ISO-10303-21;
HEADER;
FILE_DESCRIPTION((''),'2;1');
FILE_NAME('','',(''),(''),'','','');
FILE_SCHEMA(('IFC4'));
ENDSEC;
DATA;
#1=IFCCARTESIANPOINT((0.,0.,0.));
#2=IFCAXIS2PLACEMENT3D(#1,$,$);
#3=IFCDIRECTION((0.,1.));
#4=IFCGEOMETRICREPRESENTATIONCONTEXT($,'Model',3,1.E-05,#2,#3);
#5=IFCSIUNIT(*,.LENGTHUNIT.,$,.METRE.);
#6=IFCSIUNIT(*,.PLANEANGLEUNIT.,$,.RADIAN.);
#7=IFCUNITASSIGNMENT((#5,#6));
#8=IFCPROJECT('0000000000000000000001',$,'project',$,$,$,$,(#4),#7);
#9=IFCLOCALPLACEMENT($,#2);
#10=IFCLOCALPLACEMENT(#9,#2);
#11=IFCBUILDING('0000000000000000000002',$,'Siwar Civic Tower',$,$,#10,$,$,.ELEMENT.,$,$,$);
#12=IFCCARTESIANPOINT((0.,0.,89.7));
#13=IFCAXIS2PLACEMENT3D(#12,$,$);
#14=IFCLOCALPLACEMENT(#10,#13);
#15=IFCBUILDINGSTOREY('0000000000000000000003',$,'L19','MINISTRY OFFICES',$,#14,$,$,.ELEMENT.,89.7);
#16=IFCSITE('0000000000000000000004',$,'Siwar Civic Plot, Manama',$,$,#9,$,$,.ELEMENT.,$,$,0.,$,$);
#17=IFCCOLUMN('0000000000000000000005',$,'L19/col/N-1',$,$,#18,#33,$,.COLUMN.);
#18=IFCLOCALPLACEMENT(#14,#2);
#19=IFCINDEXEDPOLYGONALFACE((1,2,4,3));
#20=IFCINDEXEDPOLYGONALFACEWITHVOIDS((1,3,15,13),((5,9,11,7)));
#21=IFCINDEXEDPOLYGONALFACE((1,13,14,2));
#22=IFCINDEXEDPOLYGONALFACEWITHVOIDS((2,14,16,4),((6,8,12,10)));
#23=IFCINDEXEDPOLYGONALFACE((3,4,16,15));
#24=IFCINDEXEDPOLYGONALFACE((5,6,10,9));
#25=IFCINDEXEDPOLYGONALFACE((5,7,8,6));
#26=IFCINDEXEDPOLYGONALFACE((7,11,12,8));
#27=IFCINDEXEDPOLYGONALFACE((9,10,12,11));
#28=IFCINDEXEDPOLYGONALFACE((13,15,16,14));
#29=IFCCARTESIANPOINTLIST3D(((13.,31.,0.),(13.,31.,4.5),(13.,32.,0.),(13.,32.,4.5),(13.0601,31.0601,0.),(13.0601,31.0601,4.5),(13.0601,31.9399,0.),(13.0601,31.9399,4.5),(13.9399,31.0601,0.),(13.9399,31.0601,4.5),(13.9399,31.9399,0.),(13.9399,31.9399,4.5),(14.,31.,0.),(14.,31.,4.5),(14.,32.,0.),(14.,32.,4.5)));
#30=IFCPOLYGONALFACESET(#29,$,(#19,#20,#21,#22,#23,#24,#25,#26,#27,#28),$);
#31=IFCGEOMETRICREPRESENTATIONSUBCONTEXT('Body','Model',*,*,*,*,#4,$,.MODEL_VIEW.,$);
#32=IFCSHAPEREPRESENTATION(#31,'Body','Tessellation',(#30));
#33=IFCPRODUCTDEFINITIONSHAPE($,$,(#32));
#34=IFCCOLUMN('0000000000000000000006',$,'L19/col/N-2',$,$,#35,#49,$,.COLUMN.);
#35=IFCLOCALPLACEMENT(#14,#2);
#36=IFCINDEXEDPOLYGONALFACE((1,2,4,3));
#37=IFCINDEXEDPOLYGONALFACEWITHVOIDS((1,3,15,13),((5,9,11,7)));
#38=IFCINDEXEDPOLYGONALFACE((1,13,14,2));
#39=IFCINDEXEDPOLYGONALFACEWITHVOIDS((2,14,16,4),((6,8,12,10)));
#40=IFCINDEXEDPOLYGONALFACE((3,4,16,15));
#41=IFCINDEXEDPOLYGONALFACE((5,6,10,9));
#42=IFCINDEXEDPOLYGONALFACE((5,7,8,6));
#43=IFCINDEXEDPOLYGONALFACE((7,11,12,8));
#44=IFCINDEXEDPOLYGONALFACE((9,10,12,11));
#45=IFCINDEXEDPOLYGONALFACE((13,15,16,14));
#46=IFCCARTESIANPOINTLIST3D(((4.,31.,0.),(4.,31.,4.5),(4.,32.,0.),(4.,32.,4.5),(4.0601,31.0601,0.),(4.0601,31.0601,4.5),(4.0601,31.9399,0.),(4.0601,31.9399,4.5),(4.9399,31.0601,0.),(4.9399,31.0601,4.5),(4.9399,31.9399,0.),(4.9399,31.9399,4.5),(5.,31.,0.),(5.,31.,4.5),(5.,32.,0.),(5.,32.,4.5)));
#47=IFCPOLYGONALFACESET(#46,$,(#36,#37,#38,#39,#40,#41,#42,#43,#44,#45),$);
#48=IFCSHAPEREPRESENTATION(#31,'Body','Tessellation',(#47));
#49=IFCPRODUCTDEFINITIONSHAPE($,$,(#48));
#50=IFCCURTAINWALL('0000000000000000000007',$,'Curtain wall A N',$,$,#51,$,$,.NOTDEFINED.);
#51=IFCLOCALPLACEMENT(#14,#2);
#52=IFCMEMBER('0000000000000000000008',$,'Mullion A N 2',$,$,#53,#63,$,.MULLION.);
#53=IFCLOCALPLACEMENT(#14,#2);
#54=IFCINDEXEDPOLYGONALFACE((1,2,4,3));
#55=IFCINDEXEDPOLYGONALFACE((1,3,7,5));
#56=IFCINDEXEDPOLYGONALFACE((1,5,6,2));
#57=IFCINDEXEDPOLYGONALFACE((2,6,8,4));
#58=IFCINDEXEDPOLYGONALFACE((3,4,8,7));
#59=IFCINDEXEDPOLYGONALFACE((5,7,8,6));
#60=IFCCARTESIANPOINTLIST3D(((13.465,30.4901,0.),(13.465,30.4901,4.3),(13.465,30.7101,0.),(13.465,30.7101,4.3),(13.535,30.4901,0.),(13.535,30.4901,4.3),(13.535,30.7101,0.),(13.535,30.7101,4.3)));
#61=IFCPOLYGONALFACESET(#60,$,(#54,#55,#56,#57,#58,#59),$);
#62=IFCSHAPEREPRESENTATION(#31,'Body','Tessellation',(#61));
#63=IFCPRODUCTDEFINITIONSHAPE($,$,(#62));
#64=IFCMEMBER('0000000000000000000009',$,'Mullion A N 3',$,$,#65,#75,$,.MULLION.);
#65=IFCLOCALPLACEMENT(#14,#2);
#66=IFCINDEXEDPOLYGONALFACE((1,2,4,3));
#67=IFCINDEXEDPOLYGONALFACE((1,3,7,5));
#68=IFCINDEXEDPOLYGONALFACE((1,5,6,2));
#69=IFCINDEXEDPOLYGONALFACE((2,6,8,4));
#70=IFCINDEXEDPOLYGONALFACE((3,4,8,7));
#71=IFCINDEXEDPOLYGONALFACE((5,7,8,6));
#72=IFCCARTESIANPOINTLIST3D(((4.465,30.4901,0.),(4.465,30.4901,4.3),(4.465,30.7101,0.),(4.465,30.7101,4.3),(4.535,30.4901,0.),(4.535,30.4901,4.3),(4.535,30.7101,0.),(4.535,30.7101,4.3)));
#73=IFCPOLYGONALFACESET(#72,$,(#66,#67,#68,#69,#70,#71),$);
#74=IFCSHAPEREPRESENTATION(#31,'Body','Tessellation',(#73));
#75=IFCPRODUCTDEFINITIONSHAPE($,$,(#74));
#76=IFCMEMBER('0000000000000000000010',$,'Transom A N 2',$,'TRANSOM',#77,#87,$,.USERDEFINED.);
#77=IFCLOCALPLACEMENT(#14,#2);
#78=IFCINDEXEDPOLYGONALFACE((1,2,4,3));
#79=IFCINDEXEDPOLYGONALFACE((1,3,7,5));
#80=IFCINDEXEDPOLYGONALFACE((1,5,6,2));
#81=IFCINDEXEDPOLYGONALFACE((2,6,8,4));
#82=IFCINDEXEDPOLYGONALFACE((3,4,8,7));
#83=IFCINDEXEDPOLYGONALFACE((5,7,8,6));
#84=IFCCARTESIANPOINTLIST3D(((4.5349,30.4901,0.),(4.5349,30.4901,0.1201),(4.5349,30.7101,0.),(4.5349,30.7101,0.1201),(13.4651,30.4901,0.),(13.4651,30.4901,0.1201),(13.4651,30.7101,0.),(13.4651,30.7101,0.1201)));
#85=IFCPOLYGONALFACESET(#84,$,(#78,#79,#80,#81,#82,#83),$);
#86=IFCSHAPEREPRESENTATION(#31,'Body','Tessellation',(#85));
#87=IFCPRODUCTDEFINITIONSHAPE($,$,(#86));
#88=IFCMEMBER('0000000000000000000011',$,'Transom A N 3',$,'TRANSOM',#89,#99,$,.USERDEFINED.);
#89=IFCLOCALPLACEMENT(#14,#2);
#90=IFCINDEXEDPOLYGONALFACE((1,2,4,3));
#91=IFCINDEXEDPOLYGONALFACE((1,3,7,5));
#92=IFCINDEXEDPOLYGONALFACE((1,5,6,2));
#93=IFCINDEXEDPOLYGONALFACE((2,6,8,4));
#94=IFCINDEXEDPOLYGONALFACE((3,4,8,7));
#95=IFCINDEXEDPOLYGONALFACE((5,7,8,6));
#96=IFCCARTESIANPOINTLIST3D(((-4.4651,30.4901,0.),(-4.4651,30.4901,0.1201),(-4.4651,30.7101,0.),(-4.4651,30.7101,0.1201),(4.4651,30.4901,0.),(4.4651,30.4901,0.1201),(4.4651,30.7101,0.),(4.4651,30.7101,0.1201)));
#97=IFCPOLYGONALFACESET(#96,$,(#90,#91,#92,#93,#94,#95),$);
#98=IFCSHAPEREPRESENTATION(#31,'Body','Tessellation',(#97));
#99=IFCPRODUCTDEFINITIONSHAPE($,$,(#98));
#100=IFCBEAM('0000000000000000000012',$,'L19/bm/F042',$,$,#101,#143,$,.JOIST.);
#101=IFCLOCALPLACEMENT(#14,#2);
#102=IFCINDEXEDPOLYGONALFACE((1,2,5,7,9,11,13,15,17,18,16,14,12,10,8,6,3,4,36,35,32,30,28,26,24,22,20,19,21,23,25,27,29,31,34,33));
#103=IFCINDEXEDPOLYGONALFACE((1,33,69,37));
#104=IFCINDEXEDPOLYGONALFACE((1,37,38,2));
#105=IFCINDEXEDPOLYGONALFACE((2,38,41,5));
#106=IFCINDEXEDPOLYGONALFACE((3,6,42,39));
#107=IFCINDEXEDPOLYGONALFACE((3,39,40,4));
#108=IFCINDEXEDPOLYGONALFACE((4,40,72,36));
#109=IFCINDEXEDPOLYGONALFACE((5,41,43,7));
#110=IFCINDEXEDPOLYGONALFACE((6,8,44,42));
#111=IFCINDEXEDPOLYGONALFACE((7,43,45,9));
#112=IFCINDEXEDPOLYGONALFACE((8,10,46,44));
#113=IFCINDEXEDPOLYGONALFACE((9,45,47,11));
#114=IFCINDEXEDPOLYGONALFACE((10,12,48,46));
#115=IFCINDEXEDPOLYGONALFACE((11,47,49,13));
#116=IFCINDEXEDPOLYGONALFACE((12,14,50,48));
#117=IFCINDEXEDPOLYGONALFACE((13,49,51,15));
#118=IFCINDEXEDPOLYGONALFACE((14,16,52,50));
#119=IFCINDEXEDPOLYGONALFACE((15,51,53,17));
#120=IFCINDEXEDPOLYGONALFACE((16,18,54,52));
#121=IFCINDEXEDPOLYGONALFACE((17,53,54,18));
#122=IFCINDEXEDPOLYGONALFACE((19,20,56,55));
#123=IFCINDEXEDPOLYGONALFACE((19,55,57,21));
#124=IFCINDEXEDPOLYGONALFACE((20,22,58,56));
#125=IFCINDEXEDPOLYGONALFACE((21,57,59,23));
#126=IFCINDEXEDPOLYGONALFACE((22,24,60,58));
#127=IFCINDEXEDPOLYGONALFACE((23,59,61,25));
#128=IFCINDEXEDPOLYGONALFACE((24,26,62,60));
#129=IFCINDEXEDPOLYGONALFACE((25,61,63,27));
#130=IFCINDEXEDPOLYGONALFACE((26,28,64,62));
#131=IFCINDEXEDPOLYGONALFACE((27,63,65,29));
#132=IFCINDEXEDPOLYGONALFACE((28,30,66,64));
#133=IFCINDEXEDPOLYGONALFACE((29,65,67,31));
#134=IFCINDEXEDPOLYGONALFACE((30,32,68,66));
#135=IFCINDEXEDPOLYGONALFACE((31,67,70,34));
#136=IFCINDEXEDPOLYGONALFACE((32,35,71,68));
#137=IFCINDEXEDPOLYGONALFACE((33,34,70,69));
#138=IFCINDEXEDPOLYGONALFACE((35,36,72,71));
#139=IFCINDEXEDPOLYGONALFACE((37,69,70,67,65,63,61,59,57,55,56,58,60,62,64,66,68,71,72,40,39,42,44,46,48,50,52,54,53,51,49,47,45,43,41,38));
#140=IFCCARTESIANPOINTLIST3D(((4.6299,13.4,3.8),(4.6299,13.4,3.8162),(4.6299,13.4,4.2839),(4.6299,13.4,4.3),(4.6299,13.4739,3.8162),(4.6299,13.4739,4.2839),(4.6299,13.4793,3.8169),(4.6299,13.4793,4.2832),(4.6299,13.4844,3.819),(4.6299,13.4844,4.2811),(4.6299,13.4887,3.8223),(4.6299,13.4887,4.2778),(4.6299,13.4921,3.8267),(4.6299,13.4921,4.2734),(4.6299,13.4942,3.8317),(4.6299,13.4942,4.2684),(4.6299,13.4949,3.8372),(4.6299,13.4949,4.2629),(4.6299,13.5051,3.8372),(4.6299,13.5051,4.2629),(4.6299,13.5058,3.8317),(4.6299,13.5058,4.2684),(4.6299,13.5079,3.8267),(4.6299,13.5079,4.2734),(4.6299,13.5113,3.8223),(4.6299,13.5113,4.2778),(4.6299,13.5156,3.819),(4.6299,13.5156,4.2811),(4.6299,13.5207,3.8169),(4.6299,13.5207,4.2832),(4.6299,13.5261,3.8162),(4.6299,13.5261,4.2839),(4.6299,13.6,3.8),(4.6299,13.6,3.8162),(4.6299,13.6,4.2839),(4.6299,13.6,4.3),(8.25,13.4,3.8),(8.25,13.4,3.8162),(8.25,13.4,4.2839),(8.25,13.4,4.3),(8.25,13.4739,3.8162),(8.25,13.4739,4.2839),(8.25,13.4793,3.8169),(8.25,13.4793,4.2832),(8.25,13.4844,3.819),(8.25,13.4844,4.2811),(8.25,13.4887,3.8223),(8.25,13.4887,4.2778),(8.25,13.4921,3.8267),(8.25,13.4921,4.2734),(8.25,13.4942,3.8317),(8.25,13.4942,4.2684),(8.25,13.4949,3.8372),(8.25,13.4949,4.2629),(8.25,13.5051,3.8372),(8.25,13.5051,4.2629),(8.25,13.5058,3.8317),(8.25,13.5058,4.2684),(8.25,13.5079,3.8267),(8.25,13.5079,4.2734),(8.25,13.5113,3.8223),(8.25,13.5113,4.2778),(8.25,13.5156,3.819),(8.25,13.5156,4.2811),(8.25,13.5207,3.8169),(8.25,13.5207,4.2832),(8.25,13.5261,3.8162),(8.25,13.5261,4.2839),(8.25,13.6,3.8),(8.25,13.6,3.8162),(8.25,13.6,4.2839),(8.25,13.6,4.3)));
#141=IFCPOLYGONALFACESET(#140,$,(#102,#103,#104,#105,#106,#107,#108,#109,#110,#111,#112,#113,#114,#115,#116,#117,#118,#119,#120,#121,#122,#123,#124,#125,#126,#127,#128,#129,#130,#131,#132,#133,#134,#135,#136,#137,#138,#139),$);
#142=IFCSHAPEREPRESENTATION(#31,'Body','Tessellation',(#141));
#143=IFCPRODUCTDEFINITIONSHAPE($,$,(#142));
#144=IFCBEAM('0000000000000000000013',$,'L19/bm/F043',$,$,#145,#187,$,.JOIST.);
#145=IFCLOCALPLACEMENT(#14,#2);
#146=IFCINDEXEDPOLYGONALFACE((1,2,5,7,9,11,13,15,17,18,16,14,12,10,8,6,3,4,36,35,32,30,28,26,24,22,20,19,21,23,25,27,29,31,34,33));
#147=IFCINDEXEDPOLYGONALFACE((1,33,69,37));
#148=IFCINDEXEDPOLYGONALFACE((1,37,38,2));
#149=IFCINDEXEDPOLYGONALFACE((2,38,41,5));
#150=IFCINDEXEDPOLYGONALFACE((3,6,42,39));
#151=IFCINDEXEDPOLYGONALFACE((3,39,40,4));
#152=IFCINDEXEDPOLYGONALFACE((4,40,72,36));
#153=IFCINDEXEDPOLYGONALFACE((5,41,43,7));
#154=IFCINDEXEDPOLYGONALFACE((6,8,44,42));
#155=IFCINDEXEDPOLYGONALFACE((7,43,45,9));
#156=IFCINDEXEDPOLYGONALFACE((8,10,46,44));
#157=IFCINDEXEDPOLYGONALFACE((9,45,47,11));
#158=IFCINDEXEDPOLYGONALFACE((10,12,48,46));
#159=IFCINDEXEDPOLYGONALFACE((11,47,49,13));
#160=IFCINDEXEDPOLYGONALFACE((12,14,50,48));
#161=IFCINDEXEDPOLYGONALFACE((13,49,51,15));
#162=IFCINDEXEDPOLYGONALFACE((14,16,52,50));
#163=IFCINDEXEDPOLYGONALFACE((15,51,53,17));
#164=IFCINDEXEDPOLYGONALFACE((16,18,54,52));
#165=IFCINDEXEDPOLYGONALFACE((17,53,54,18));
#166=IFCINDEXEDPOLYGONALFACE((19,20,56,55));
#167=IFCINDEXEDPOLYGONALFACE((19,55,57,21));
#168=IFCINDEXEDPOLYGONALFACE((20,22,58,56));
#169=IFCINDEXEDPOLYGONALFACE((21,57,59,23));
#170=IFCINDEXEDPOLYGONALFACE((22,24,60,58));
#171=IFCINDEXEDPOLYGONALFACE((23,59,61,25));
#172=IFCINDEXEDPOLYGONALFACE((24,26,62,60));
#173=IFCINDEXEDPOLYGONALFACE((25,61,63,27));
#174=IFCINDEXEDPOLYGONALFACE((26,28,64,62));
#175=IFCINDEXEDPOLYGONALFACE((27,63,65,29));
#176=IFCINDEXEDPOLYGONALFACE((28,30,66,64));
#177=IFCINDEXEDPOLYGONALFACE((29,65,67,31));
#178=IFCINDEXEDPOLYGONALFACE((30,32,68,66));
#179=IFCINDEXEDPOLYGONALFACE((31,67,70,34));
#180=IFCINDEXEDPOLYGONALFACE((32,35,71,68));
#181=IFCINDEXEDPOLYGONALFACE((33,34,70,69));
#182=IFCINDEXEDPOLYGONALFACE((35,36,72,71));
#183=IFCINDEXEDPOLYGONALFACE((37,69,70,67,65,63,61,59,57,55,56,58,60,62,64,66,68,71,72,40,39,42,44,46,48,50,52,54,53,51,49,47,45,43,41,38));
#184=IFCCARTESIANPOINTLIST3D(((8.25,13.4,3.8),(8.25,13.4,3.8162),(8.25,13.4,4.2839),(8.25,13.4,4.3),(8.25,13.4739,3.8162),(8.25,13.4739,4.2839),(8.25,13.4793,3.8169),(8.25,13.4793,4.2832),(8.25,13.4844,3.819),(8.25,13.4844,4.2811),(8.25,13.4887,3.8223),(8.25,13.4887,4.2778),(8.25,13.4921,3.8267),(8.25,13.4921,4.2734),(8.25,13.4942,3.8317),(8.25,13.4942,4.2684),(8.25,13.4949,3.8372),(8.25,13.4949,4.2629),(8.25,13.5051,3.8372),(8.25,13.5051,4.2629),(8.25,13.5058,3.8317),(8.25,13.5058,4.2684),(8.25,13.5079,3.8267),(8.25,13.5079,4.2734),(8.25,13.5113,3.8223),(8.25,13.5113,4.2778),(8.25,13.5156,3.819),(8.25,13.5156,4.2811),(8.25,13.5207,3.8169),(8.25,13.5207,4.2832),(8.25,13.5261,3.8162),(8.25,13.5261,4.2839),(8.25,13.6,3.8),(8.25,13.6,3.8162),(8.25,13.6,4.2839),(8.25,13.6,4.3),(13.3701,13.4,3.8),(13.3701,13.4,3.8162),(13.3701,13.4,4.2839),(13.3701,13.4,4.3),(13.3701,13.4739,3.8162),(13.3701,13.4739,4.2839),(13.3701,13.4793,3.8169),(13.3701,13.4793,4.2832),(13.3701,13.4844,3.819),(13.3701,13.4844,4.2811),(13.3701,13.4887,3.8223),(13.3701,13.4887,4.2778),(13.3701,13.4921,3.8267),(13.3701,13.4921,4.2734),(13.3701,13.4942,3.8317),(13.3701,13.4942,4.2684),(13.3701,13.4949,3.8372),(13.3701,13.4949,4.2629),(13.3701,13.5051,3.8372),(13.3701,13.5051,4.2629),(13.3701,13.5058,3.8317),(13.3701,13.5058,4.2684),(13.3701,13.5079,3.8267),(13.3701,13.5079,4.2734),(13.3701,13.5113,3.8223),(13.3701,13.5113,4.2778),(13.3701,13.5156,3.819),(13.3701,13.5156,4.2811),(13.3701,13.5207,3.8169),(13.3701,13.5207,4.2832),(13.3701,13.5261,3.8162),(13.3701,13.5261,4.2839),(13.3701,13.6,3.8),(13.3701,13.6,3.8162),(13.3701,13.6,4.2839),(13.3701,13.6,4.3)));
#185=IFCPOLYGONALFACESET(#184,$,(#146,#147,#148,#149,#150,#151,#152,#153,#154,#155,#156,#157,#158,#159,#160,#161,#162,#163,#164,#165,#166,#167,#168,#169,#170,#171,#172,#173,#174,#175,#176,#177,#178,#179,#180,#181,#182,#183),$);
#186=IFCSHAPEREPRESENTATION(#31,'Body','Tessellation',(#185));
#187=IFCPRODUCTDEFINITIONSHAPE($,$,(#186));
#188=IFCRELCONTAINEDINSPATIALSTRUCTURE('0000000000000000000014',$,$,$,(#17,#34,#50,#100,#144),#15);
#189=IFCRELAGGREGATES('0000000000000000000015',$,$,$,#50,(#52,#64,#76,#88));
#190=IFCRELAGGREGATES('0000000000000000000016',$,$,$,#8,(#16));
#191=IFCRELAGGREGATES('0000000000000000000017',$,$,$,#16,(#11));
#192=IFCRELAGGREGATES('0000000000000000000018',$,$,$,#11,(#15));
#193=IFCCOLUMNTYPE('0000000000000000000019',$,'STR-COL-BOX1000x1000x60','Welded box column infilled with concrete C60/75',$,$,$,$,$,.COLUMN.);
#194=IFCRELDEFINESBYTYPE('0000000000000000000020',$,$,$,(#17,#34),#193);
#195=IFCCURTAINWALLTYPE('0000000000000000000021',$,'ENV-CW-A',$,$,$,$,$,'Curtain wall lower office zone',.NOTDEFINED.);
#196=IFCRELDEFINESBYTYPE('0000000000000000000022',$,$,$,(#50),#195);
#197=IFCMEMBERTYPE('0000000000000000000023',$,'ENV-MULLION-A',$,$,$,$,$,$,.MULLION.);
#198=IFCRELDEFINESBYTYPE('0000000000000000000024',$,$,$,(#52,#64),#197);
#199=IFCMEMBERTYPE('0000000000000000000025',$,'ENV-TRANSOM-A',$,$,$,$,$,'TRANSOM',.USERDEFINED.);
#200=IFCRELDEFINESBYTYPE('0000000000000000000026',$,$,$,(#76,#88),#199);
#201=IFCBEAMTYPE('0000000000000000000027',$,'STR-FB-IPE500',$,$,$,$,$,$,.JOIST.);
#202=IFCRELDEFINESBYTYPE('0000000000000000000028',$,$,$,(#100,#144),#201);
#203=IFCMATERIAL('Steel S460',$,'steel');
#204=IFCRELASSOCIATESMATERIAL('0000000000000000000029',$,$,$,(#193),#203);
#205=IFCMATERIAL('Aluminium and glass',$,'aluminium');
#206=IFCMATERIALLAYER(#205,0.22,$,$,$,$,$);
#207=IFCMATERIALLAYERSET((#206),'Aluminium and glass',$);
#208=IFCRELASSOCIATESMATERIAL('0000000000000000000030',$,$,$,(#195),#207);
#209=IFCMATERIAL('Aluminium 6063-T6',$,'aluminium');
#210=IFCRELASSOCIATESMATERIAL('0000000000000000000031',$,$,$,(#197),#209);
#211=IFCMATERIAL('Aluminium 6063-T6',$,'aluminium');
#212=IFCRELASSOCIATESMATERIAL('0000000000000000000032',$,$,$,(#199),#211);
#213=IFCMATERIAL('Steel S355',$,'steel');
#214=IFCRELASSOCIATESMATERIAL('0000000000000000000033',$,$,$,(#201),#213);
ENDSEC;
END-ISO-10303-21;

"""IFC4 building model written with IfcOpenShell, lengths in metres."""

from ifc_helpers import new_model, si_unit, direction, frame, origin, origin_2d, place, context, subcontext, project, spatial, rectangle, hollow_rectangle, i_section, extrude, material, layer, layer_set, material_profile, profile_set, type_object, element, aggregate, save


model = new_model("IFC4")

# Units and contexts
model_context = context("Model", 3, precision=1e-05, world=origin(), true_north=direction((0.0, 1.0)))
body_context = subcontext(model_context, "Body", "Model", "MODEL_VIEW")
ifc_project = project(units=[si_unit("LENGTHUNIT", "METRE"), si_unit("PLANEANGLEUNIT", "RADIAN")], contexts=[model_context])

# Site, building, storey
site_placement = place(None, origin())
site = spatial("IfcSite", under=ifc_project, at=site_placement, Name="Siwar Civic Plot, Manama", CompositionType="ELEMENT", RefElevation=0.0)
building_placement = place(site_placement, origin())
building = spatial("IfcBuilding", under=site, at=building_placement, Name="Siwar Civic Tower", CompositionType="ELEMENT")
storey_placement = place(building_placement, frame((0.0, 0.0, 89.7)))
storey = spatial("IfcBuildingStorey", under=building, at=storey_placement, Name="L19", Description="MINISTRY OFFICES", CompositionType="ELEMENT", Elevation=89.7)

# Columns
ifc_material_1 = material(Name="Steel S460", Category="steel")
ifc_material_profile_1 = material_profile(ifc_material_1, hollow_rectangle(XDim=1.0, YDim=1.0, WallThickness=0.0601, at=origin_2d()), Name="BOX1000x1000x60")
ifc_profile_set_1 = profile_set([ifc_material_profile_1], Name="Steel S460")
column_type = type_object("IfcColumnType", Name="STR-COL-BOX1000x1000x60", Description="Welded box column infilled with concrete C60/75", PredefinedType="COLUMN", material=ifc_profile_set_1)
for number, where, z_axis, x_axis, name in (
    (1, (13.5, 31.5, 0.0), (0.0, 0.0, 1.0), (1.0, 0.0, 0.0), "L19/col/N-1"),
    (2, (4.5, 31.5, 0.0), (0.0, 0.0, 1.0), (1.0, 0.0, 0.0), "L19/col/N-2"),
):
    element("IfcColumn", number, at=place(storey_placement, frame(where, z_axis=z_axis, x_axis=x_axis)), inside=storey, type_object=column_type, Name=name, PredefinedType="COLUMN", context=body_context, shape_type="SweptSolid", body=[
        extrude(hollow_rectangle(XDim=1.0, YDim=1.0, WallThickness=0.0601, at=origin_2d()), origin(), (0.0, 0.0, 1.0), 4.5),
    ])

# Curtain wall, members
ifc_material_2 = material(Name="Aluminium and glass", Category="aluminium")
ifc_layer_1 = layer(ifc_material_2, 0.22)
ifc_layer_set_1 = layer_set([ifc_layer_1], Name="Aluminium and glass")
curtain_wall_type = type_object("IfcCurtainWallType", Name="ENV-CW-A", ElementType="Curtain wall lower office zone", PredefinedType="NOTDEFINED", material=ifc_layer_set_1)
curtain_wall_placement = place(storey_placement, origin())
curtain_wall = element("IfcCurtainWall", 3, at=curtain_wall_placement, inside=storey, type_object=curtain_wall_type, Name="Curtain wall A N", PredefinedType="NOTDEFINED")
ifc_material_3 = material(Name="Aluminium 6063-T6", Category="aluminium")
ifc_material_profile_2 = material_profile(ifc_material_3, rectangle(XDim=0.22, YDim=0.0701, at=origin_2d()), Name="AL 220x70")
ifc_profile_set_2 = profile_set([ifc_material_profile_2], Name="Aluminium 6063-T6")
member_type_1 = type_object("IfcMemberType", Name="ENV-MULLION-A", PredefinedType="MULLION", material=ifc_profile_set_2)
member_1_placement = place(storey_placement, frame((13.5, 30.6001, 0.0), z_axis=(0.0, 0.0, 1.0), x_axis=(0.0, -1.0, 0.0)))
member_1 = element("IfcMember", 4, at=member_1_placement, type_object=member_type_1, Name="Mullion A N 2", PredefinedType="MULLION", context=body_context, shape_type="SweptSolid", body=[
    extrude(rectangle(XDim=0.22, YDim=0.0701, at=origin_2d()), origin(), (0.0, 0.0, 1.0), 4.3),
])
member_2_placement = place(storey_placement, frame((4.5, 30.6001, 0.0), z_axis=(0.0, 0.0, 1.0), x_axis=(0.0, -1.0, 0.0)))
member_2 = element("IfcMember", 5, at=member_2_placement, type_object=member_type_1, Name="Mullion A N 3", PredefinedType="MULLION", context=body_context, shape_type="SweptSolid", body=[
    extrude(rectangle(XDim=0.22, YDim=0.0701, at=origin_2d()), origin(), (0.0, 0.0, 1.0), 4.3),
])
ifc_material_4 = material(Name="Aluminium 6063-T6", Category="aluminium")
ifc_material_profile_3 = material_profile(ifc_material_4, rectangle(XDim=0.22, YDim=0.1201, at=origin_2d()), Name="AL 220x120")
ifc_profile_set_3 = profile_set([ifc_material_profile_3], Name="Aluminium 6063-T6")
member_type_2 = type_object("IfcMemberType", Name="ENV-TRANSOM-A", ElementType="TRANSOM", PredefinedType="USERDEFINED", material=ifc_profile_set_3)
member_3_placement = place(storey_placement, frame((13.4651, 30.6001, 0.0601), z_axis=(-1.0, 0.0, 0.0), x_axis=(0.0, -1.0, 0.0)))
member_3 = element("IfcMember", 6, at=member_3_placement, type_object=member_type_2, Name="Transom A N 2", ObjectType="TRANSOM", PredefinedType="USERDEFINED", context=body_context, shape_type="SweptSolid", body=[
    extrude(rectangle(XDim=0.22, YDim=0.1201, at=origin_2d()), origin(), (0.0, 0.0, 1.0), 8.9302),
])
member_4_placement = place(storey_placement, frame((4.4651, 30.6001, 0.0601), z_axis=(-1.0, 0.0, 0.0), x_axis=(0.0, -1.0, 0.0)))
member_4 = element("IfcMember", 7, at=member_4_placement, type_object=member_type_2, Name="Transom A N 3", ObjectType="TRANSOM", PredefinedType="USERDEFINED", context=body_context, shape_type="SweptSolid", body=[
    extrude(rectangle(XDim=0.22, YDim=0.1201, at=origin_2d()), origin(), (0.0, 0.0, 1.0), 8.9302),
])

# Beams
ifc_material_5 = material(Name="Steel S355", Category="steel")
ifc_material_profile_4 = material_profile(ifc_material_5, i_section(OverallWidth=0.2, OverallDepth=0.5, WebThickness=0.0103, FlangeThickness=0.0161, FilletRadius=0.021, at=origin_2d()), Name="IPE500")
ifc_profile_set_4 = profile_set([ifc_material_profile_4], Name="Steel S355")
beam_type_1 = type_object("IfcBeamType", Name="STR-FB-IPE500", PredefinedType="JOIST", material=ifc_profile_set_4)
beam_1_placement = place(storey_placement, frame((4.6299, 13.5, 4.05), z_axis=(1.0, 0.0, 0.0), x_axis=(0.0, 1.0, 0.0)))
element("IfcBeam", 8, at=beam_1_placement, inside=storey, type_object=beam_type_1, Name="L19/bm/F042", PredefinedType="JOIST", context=body_context, shape_type="SweptSolid", body=[
    extrude(i_section(OverallWidth=0.2, OverallDepth=0.5, WebThickness=0.0103, FlangeThickness=0.0161, FilletRadius=0.021, at=origin_2d()), origin(), (0.0, 0.0, 1.0), 3.6201),
])
beam_2_placement = place(storey_placement, frame((8.25, 13.5, 4.05), z_axis=(1.0, 0.0, 0.0), x_axis=(0.0, 1.0, 0.0)))
element("IfcBeam", 9, at=beam_2_placement, inside=storey, type_object=beam_type_1, Name="L19/bm/F043", PredefinedType="JOIST", context=body_context, shape_type="SweptSolid", body=[
    extrude(i_section(OverallWidth=0.2, OverallDepth=0.5, WebThickness=0.0103, FlangeThickness=0.0161, FilletRadius=0.021, at=origin_2d()), origin(), (0.0, 0.0, 1.0), 5.1201),
])

aggregate(curtain_wall, [member_1, member_2, member_3, member_4])

save(model, "model.ifc")
